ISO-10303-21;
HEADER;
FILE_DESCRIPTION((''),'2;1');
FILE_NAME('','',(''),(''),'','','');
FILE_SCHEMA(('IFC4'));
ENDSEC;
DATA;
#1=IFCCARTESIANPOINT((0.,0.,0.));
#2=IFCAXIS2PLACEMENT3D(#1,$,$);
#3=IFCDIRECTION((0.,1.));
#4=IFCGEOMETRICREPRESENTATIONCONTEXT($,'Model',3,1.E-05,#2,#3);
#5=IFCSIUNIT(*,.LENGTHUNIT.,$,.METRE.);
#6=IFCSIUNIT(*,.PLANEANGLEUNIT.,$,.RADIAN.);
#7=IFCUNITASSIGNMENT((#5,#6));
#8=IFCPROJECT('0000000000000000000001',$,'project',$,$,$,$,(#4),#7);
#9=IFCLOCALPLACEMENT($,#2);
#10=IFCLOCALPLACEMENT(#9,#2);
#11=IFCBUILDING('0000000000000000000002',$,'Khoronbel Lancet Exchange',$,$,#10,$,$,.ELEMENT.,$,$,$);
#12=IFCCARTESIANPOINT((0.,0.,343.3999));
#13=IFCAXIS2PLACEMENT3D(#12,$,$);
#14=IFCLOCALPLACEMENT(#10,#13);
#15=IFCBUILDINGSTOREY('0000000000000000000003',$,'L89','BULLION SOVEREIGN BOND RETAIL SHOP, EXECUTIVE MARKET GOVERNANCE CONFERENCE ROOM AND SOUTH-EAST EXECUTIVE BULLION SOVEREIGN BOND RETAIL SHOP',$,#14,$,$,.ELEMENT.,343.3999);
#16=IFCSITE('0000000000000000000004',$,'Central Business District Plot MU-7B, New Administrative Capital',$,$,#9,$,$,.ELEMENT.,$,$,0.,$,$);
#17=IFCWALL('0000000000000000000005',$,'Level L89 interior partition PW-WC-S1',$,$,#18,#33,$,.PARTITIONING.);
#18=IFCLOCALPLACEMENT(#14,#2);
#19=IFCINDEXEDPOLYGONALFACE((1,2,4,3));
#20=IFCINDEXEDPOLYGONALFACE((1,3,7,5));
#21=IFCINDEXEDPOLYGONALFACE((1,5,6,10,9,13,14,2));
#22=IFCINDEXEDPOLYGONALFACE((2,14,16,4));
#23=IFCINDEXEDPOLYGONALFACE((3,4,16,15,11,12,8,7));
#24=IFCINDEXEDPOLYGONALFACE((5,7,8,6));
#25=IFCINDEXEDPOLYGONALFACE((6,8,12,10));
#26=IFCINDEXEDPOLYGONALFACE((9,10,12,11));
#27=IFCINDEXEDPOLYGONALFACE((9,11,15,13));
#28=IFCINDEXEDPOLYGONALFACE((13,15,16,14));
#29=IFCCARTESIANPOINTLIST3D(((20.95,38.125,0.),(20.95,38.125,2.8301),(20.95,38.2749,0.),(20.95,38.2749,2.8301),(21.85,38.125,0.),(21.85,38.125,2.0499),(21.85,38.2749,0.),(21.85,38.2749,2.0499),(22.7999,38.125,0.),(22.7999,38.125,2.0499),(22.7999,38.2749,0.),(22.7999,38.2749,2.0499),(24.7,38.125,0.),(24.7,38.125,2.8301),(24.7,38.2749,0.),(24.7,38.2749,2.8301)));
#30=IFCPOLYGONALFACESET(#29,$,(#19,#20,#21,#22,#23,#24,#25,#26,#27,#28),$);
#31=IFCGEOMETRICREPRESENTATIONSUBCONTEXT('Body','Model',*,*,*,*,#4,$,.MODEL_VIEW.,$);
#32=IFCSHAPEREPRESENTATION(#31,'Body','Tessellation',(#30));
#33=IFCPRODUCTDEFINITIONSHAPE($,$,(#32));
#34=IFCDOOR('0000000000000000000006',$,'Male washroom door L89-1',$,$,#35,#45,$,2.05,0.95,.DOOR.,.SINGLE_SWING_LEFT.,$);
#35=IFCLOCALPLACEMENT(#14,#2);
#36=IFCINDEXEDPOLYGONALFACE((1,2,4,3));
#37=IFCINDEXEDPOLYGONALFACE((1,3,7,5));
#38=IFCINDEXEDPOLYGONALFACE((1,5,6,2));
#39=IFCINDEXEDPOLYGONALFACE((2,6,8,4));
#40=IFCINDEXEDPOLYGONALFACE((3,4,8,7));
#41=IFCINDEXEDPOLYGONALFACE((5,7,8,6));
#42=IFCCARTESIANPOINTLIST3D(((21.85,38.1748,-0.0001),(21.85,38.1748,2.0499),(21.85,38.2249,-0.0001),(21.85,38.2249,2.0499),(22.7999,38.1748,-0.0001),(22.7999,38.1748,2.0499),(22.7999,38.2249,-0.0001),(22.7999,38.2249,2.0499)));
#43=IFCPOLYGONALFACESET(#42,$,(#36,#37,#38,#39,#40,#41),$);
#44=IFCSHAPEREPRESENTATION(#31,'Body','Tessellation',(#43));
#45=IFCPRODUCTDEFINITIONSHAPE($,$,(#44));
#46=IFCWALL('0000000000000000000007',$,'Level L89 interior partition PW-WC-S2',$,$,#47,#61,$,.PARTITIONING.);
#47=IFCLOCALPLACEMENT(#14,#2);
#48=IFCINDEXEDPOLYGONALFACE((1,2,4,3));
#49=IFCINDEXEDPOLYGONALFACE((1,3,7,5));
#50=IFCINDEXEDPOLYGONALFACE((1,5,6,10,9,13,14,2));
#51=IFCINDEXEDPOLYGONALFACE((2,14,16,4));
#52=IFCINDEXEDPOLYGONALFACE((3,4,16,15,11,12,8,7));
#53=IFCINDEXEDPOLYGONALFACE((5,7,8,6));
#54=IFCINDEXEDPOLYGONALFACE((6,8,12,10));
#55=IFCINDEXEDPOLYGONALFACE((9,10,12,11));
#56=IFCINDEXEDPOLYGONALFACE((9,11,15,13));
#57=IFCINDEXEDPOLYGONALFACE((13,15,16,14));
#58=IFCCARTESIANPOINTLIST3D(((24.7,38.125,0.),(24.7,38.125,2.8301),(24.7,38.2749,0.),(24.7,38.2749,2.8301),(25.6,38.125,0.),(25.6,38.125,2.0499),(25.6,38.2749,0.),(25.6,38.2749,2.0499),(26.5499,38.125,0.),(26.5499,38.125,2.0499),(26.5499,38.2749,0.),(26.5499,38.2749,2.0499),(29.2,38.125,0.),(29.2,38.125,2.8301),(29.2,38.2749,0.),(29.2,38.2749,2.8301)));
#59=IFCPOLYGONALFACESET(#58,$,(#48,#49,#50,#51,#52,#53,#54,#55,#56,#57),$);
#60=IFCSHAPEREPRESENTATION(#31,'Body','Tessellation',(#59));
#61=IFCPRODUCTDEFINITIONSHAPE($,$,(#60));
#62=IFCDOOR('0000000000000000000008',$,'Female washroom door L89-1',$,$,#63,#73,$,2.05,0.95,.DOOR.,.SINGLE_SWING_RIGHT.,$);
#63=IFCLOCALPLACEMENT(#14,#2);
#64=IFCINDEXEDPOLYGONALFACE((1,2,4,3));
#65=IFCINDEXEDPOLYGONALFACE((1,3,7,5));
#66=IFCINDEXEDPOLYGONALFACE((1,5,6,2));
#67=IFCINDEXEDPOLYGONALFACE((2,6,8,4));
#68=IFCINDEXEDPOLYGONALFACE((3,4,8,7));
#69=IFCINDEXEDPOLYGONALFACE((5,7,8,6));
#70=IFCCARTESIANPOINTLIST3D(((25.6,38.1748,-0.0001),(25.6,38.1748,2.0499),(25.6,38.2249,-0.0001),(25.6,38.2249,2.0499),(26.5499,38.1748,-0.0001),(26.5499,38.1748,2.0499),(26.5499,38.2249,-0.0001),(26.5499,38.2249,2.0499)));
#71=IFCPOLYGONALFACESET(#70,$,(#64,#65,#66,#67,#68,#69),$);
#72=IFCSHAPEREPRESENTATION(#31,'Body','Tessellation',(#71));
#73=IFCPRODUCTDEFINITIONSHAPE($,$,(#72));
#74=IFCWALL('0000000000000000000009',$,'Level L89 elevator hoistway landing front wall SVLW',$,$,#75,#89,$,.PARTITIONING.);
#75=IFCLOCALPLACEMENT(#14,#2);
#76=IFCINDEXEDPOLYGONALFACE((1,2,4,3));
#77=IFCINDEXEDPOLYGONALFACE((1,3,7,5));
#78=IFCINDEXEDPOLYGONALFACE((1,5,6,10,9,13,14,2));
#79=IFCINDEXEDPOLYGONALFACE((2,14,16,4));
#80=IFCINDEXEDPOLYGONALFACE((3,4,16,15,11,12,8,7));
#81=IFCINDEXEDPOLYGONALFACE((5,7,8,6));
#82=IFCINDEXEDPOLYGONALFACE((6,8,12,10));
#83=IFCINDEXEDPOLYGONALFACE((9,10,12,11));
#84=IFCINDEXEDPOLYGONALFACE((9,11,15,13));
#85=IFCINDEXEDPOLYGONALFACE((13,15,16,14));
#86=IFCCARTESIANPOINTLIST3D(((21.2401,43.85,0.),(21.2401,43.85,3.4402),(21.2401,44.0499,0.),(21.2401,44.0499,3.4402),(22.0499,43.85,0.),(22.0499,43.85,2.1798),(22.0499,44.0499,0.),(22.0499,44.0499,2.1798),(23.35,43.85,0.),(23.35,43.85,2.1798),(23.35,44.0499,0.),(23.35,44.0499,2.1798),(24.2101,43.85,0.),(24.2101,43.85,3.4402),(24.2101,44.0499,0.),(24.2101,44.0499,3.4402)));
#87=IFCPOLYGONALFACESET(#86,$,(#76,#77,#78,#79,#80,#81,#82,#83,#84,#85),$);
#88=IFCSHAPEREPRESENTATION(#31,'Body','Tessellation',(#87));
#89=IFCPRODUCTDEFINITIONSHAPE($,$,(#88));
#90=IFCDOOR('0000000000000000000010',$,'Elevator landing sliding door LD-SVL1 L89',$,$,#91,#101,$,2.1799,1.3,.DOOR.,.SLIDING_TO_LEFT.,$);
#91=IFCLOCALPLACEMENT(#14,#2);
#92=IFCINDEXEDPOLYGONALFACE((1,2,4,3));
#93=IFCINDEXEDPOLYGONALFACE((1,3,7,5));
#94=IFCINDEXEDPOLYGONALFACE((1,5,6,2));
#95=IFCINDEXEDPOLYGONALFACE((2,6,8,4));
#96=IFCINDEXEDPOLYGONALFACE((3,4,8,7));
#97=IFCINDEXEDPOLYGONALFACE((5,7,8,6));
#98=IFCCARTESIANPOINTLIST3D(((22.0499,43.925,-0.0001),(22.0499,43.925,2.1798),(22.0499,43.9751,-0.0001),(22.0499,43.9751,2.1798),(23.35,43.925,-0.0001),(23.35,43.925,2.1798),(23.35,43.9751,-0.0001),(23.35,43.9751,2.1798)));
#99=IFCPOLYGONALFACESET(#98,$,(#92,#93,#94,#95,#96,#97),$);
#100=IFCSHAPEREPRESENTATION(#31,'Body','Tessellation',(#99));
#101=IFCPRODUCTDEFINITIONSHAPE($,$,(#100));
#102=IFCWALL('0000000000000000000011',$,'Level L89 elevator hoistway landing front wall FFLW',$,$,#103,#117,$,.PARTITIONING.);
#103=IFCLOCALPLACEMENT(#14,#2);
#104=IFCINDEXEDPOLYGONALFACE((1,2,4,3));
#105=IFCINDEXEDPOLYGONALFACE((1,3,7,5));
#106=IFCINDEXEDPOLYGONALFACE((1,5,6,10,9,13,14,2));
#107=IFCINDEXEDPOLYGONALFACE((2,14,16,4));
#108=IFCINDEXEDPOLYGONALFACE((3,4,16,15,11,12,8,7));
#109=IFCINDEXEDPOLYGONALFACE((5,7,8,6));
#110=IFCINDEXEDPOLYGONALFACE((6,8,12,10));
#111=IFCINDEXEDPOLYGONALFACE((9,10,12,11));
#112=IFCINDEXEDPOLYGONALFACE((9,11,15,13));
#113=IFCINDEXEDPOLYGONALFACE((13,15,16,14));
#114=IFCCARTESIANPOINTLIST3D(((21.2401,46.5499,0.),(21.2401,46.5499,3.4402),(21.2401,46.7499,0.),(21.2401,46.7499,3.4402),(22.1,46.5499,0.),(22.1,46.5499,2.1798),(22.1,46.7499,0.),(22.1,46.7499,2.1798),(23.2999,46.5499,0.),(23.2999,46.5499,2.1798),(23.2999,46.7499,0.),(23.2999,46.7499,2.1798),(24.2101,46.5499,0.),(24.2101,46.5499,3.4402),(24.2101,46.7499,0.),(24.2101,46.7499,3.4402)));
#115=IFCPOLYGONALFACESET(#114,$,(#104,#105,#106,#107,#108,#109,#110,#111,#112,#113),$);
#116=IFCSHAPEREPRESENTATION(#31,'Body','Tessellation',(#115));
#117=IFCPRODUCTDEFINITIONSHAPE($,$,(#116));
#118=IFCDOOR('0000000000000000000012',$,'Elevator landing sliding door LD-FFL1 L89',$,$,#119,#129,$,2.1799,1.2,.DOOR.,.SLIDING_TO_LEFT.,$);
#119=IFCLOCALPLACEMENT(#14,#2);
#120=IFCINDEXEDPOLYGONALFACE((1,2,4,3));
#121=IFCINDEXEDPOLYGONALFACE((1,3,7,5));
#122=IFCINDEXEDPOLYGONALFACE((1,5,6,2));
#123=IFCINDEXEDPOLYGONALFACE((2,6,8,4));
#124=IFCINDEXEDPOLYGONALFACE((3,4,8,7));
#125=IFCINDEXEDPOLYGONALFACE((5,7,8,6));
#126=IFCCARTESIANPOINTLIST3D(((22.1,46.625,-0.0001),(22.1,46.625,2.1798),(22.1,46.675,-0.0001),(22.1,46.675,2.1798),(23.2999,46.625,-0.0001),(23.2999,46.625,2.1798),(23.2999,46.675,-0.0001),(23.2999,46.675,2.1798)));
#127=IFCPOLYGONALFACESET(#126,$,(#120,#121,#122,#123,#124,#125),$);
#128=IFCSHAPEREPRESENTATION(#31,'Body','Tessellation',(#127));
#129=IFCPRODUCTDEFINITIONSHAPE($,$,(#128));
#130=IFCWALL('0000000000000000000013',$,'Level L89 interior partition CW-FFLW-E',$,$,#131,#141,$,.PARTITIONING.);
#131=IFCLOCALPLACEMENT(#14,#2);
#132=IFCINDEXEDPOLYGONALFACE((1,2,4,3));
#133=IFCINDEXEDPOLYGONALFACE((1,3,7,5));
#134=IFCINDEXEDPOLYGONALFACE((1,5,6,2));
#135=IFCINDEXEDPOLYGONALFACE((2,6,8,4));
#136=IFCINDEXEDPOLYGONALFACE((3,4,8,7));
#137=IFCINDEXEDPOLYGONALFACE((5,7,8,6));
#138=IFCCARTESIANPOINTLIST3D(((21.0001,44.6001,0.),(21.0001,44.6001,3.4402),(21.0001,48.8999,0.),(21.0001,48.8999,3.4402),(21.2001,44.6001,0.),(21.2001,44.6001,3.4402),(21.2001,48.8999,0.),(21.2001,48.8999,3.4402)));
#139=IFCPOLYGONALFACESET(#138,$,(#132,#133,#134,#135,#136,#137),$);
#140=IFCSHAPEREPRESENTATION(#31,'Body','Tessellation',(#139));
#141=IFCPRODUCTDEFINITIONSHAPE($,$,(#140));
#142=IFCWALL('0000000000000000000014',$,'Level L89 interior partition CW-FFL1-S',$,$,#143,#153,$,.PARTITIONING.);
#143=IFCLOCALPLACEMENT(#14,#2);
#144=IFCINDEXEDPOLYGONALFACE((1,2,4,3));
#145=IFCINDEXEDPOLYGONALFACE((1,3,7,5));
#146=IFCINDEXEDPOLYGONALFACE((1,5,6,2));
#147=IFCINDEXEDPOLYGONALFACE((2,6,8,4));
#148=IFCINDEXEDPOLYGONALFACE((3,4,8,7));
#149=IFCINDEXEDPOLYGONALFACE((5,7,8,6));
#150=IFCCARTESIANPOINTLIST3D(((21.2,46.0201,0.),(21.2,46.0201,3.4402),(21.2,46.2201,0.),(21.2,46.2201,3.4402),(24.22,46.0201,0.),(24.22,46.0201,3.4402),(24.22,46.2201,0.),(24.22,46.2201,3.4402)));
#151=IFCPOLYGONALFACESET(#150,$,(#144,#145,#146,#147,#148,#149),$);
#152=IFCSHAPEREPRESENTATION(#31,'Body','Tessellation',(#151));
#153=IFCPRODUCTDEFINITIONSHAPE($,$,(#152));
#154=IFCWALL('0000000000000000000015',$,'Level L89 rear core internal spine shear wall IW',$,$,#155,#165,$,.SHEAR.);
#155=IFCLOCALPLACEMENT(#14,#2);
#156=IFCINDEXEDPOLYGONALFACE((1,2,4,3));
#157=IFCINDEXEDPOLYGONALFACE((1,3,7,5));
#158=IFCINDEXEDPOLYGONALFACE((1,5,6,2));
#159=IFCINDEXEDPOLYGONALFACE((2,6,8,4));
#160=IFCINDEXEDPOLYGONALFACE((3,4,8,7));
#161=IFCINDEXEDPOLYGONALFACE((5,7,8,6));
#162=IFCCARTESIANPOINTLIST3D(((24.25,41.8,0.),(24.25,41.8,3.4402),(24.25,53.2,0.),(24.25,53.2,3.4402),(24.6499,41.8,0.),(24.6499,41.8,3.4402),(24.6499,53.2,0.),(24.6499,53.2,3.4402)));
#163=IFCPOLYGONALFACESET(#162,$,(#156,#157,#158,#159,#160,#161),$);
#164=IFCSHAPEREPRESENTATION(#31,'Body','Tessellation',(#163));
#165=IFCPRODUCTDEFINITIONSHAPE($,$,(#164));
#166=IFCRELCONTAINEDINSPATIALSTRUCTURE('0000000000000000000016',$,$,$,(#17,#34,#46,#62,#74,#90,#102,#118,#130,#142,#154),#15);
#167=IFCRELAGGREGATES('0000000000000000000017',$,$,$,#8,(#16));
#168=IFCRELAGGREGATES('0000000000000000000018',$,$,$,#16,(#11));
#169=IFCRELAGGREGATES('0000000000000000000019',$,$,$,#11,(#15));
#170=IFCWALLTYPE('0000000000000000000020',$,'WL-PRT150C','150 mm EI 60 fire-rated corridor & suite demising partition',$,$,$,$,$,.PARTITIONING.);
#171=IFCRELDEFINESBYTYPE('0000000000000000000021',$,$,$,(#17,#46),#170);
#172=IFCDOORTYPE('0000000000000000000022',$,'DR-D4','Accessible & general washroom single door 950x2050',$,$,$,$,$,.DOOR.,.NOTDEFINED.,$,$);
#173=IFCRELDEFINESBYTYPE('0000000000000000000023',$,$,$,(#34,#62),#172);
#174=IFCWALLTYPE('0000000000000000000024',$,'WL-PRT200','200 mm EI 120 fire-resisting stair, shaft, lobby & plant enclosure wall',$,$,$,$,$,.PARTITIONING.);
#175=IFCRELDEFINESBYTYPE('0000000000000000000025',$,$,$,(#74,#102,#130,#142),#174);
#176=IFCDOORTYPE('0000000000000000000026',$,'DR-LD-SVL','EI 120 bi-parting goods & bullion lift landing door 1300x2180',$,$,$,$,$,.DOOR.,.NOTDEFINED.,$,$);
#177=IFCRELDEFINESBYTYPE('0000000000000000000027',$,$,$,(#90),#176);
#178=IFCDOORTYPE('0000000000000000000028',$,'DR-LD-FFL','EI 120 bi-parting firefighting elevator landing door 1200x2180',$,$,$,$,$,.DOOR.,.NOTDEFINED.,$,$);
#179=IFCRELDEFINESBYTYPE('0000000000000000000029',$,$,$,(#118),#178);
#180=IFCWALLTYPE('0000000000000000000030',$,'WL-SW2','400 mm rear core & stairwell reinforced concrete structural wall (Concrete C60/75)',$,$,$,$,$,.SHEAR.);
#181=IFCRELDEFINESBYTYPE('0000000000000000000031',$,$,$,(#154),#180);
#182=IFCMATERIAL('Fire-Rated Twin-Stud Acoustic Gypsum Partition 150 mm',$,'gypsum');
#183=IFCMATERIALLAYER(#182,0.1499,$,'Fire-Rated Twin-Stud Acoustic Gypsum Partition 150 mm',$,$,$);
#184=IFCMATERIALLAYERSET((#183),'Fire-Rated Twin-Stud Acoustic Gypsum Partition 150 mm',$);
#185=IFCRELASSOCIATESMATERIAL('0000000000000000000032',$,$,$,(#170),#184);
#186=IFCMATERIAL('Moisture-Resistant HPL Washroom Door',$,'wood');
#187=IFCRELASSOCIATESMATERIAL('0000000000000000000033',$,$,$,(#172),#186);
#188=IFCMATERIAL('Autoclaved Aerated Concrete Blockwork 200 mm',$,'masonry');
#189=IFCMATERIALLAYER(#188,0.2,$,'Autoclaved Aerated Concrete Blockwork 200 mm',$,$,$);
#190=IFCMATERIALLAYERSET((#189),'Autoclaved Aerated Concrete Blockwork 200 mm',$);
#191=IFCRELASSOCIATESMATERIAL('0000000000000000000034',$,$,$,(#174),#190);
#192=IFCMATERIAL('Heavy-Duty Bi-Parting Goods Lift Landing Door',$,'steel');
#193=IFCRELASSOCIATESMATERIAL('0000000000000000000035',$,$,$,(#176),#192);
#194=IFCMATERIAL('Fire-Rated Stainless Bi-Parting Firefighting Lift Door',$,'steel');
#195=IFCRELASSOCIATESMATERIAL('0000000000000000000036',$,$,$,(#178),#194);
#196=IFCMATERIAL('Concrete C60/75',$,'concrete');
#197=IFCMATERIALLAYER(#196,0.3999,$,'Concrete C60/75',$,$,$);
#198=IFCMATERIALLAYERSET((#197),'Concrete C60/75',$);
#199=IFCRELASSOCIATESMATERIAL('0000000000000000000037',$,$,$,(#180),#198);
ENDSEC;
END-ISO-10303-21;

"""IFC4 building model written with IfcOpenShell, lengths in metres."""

from ifc_helpers import new_model, si_unit, direction, frame, frame_2d, origin, place, context, subcontext, project, spatial, rectangle, extrude, material, layer, layer_set, type_object, element, fill, save


model = new_model("IFC4")

# Units and contexts
model_context = context("Model", 3, precision=1e-05, world=origin(), true_north=direction((0.0, 1.0)))
body_context = subcontext(model_context, "Body", "Model", "MODEL_VIEW")
ifc_project = project(units=[si_unit("LENGTHUNIT", "METRE"), si_unit("PLANEANGLEUNIT", "RADIAN")], contexts=[model_context])

# Site, building, storey
site_placement = place(None, origin())
site = spatial("IfcSite", under=ifc_project, at=site_placement, Name="Central Business District Plot MU-7B, New Administrative Capital", CompositionType="ELEMENT", RefElevation=0.0)
building_placement = place(site_placement, origin())
building = spatial("IfcBuilding", under=site, at=building_placement, Name="Khoronbel Lancet Exchange", CompositionType="ELEMENT")
storey_placement = place(building_placement, frame((0.0, 0.0, 343.3999)))
storey = spatial("IfcBuildingStorey", under=building, at=storey_placement, Name="L89", Description="BULLION SOVEREIGN BOND RETAIL SHOP, EXECUTIVE MARKET GOVERNANCE CONFERENCE ROOM AND SOUTH-EAST EXECUTIVE BULLION SOVEREIGN BOND RETAIL SHOP", CompositionType="ELEMENT", Elevation=343.3999)

# Shared definitions
ifc_material_1 = material(Name="Concrete C60/75", Category="concrete")

# Walls, openings, doors
ifc_material_2 = material(Name="Fire-Rated Twin-Stud Acoustic Gypsum Partition 150 mm", Category="gypsum")
ifc_layer_1 = layer(ifc_material_2, 0.1499, Name="Fire-Rated Twin-Stud Acoustic Gypsum Partition 150 mm")
ifc_layer_set_1 = layer_set([ifc_layer_1], Name="Fire-Rated Twin-Stud Acoustic Gypsum Partition 150 mm")
wall_type_1 = type_object("IfcWallType", Name="WL-PRT150C", Description="150 mm EI 60 fire-rated corridor & suite demising partition", PredefinedType="PARTITIONING", material=ifc_layer_set_1)
wall_1_placement = place(storey_placement, frame((20.95, 38.2, 0.0), z_axis=(0.0, 0.0, 1.0), x_axis=(1.0, 0.0, 0.0)))
wall_1 = element("IfcWall", 1, at=wall_1_placement, inside=storey, type_object=wall_type_1, Name="Level L89 interior partition PW-WC-S1", PredefinedType="PARTITIONING", context=body_context, shape_type="SweptSolid", body=[
    extrude(rectangle(XDim=3.75, YDim=0.1499, at=frame_2d((1.875, 0.0))), origin(), (0.0, 0.0, 1.0), 2.8301),
])
opening_1_placement = place(wall_1_placement, frame((0.8999, 0.0, 0.0)))
opening_1 = element("IfcOpeningElement", 2, at=opening_1_placement, cuts=wall_1, PredefinedType="OPENING", context=body_context, shape_type="SweptSolid", body=[
    extrude(rectangle(XDim=0.95, YDim=2.05, at=frame_2d((0.4751, 1.0249))), frame((0.0, 0.085, 0.0), z_axis=(0.0, -1.0, 0.0), x_axis=(1.0, 0.0, 0.0)), (0.0, 0.0, 1.0), 0.1699),
])
ifc_material_3 = material(Name="Moisture-Resistant HPL Washroom Door", Category="wood")
door_type_1 = type_object("IfcDoorType", Name="DR-D4", Description="Accessible & general washroom single door 950x2050", OperationType="NOTDEFINED", PredefinedType="DOOR", material=ifc_material_3)
door_1_placement = place(opening_1_placement, origin())
door_1 = element("IfcDoor", 3, at=door_1_placement, inside=storey, type_object=door_type_1, Name="Male washroom door L89-1", OperationType="SINGLE_SWING_LEFT", OverallHeight=2.05, OverallWidth=0.95, PredefinedType="DOOR", context=body_context, shape_type="SweptSolid", body=[
    extrude(rectangle(XDim=0.95, YDim=2.05, at=frame_2d((0.4751, 1.0249))), frame((0.0, 0.0249, 0.0), z_axis=(0.0, -1.0, 0.0), x_axis=(1.0, 0.0, 0.0)), (0.0, 0.0, 1.0), 0.05),
])
fill(opening_1, door_1)
wall_2_placement = place(storey_placement, frame((24.7, 38.2, 0.0), z_axis=(0.0, 0.0, 1.0), x_axis=(1.0, 0.0, 0.0)))
wall_2 = element("IfcWall", 4, at=wall_2_placement, inside=storey, type_object=wall_type_1, Name="Level L89 interior partition PW-WC-S2", PredefinedType="PARTITIONING", context=body_context, shape_type="SweptSolid", body=[
    extrude(rectangle(XDim=4.5, YDim=0.1499, at=frame_2d((2.25, 0.0))), origin(), (0.0, 0.0, 1.0), 2.8301),
])
opening_2_placement = place(wall_2_placement, frame((0.8999, 0.0, 0.0)))
opening_2 = element("IfcOpeningElement", 5, at=opening_2_placement, cuts=wall_2, PredefinedType="OPENING", context=body_context, shape_type="SweptSolid", body=[
    extrude(rectangle(XDim=0.95, YDim=2.05, at=frame_2d((0.4751, 1.0249))), frame((0.0, 0.085, 0.0), z_axis=(0.0, -1.0, 0.0), x_axis=(1.0, 0.0, 0.0)), (0.0, 0.0, 1.0), 0.1699),
])
door_2_placement = place(opening_2_placement, origin())
door_2 = element("IfcDoor", 6, at=door_2_placement, inside=storey, type_object=door_type_1, Name="Female washroom door L89-1", OperationType="SINGLE_SWING_RIGHT", OverallHeight=2.05, OverallWidth=0.95, PredefinedType="DOOR", context=body_context, shape_type="SweptSolid", body=[
    extrude(rectangle(XDim=0.95, YDim=2.05, at=frame_2d((0.4751, 1.0249))), frame((0.0, 0.0249, 0.0), z_axis=(0.0, -1.0, 0.0), x_axis=(1.0, 0.0, 0.0)), (0.0, 0.0, 1.0), 0.05),
])
fill(opening_2, door_2)
ifc_material_4 = material(Name="Autoclaved Aerated Concrete Blockwork 200 mm", Category="masonry")
ifc_layer_2 = layer(ifc_material_4, 0.2, Name="Autoclaved Aerated Concrete Blockwork 200 mm")
ifc_layer_set_2 = layer_set([ifc_layer_2], Name="Autoclaved Aerated Concrete Blockwork 200 mm")
wall_type_2 = type_object("IfcWallType", Name="WL-PRT200", Description="200 mm EI 120 fire-resisting stair, shaft, lobby & plant enclosure wall", PredefinedType="PARTITIONING", material=ifc_layer_set_2)
wall_3_placement = place(storey_placement, frame((24.21, 43.95, 0.0), z_axis=(0.0, 0.0, 1.0), x_axis=(-1.0, 0.0, 0.0)))
wall_3 = element("IfcWall", 7, at=wall_3_placement, inside=storey, type_object=wall_type_2, Name="Level L89 elevator hoistway landing front wall SVLW", PredefinedType="PARTITIONING", context=body_context, shape_type="SweptSolid", body=[
    extrude(rectangle(XDim=2.97, YDim=0.2, at=frame_2d((1.4849, 0.0))), origin(), (0.0, 0.0, 1.0), 3.4402),
])
opening_3_placement = place(wall_3_placement, frame((0.8601, 0.0, 0.0)))
opening_3 = element("IfcOpeningElement", 8, at=opening_3_placement, cuts=wall_3, PredefinedType="OPENING", context=body_context, shape_type="SweptSolid", body=[
    extrude(rectangle(XDim=1.3, YDim=2.1799, at=frame_2d((0.6499, 1.0898))), frame((0.0, 0.1099, 0.0), z_axis=(0.0, -1.0, 0.0), x_axis=(1.0, 0.0, 0.0)), (0.0, 0.0, 1.0), 0.22),
])
ifc_material_5 = material(Name="Heavy-Duty Bi-Parting Goods Lift Landing Door", Category="steel")
door_type_2 = type_object("IfcDoorType", Name="DR-LD-SVL", Description="EI 120 bi-parting goods & bullion lift landing door 1300x2180", OperationType="NOTDEFINED", PredefinedType="DOOR", material=ifc_material_5)
door_3_placement = place(opening_3_placement, origin())
door_3 = element("IfcDoor", 9, at=door_3_placement, inside=storey, type_object=door_type_2, Name="Elevator landing sliding door LD-SVL1 L89", OperationType="SLIDING_TO_LEFT", OverallHeight=2.1799, OverallWidth=1.3, PredefinedType="DOOR", context=body_context, shape_type="SweptSolid", body=[
    extrude(rectangle(XDim=1.3, YDim=2.1799, at=frame_2d((0.6499, 1.0898))), frame((0.0, 0.0249, 0.0), z_axis=(0.0, -1.0, 0.0), x_axis=(1.0, 0.0, 0.0)), (0.0, 0.0, 1.0), 0.05),
])
fill(opening_3, door_3)
wall_4_placement = place(storey_placement, frame((24.21, 46.6499, 0.0), z_axis=(0.0, 0.0, 1.0), x_axis=(-1.0, 0.0, 0.0)))
wall_4 = element("IfcWall", 10, at=wall_4_placement, inside=storey, type_object=wall_type_2, Name="Level L89 elevator hoistway landing front wall FFLW", PredefinedType="PARTITIONING", context=body_context, shape_type="SweptSolid", body=[
    extrude(rectangle(XDim=2.97, YDim=0.2, at=frame_2d((1.4849, 0.0))), origin(), (0.0, 0.0, 1.0), 3.4402),
])
opening_4_placement = place(wall_4_placement, frame((0.9099, 0.0, 0.0)))
opening_4 = element("IfcOpeningElement", 11, at=opening_4_placement, cuts=wall_4, PredefinedType="OPENING", context=body_context, shape_type="SweptSolid", body=[
    extrude(rectangle(XDim=1.2, YDim=2.1799, at=frame_2d((0.6001, 1.0898))), frame((0.0, 0.1099, 0.0), z_axis=(0.0, -1.0, 0.0), x_axis=(1.0, 0.0, 0.0)), (0.0, 0.0, 1.0), 0.22),
])
ifc_material_6 = material(Name="Fire-Rated Stainless Bi-Parting Firefighting Lift Door", Category="steel")
door_type_3 = type_object("IfcDoorType", Name="DR-LD-FFL", Description="EI 120 bi-parting firefighting elevator landing door 1200x2180", OperationType="NOTDEFINED", PredefinedType="DOOR", material=ifc_material_6)
door_4_placement = place(opening_4_placement, origin())
door_4 = element("IfcDoor", 12, at=door_4_placement, inside=storey, type_object=door_type_3, Name="Elevator landing sliding door LD-FFL1 L89", OperationType="SLIDING_TO_LEFT", OverallHeight=2.1799, OverallWidth=1.2, PredefinedType="DOOR", context=body_context, shape_type="SweptSolid", body=[
    extrude(rectangle(XDim=1.2, YDim=2.1799, at=frame_2d((0.6001, 1.0898))), frame((0.0, 0.0249, 0.0), z_axis=(0.0, -1.0, 0.0), x_axis=(1.0, 0.0, 0.0)), (0.0, 0.0, 1.0), 0.05),
])
fill(opening_4, door_4)

# Walls
wall_5_placement = place(storey_placement, frame((21.1001, 44.6001, 0.0), z_axis=(0.0, 0.0, 1.0), x_axis=(0.0, 1.0, 0.0)))
element("IfcWall", 13, at=wall_5_placement, inside=storey, type_object=wall_type_2, Name="Level L89 interior partition CW-FFLW-E", PredefinedType="PARTITIONING", context=body_context, shape_type="SweptSolid", body=[
    extrude(rectangle(XDim=4.2998, YDim=0.2, at=frame_2d((2.1499, 0.0))), origin(), (0.0, 0.0, 1.0), 3.4402),
])
wall_6_placement = place(storey_placement, frame((21.2, 46.1201, 0.0), z_axis=(0.0, 0.0, 1.0), x_axis=(1.0, 0.0, 0.0)))
element("IfcWall", 14, at=wall_6_placement, inside=storey, type_object=wall_type_2, Name="Level L89 interior partition CW-FFL1-S", PredefinedType="PARTITIONING", context=body_context, shape_type="SweptSolid", body=[
    extrude(rectangle(XDim=3.02, YDim=0.2, at=frame_2d((1.51, 0.0))), origin(), (0.0, 0.0, 1.0), 3.4402),
])

# Wall
ifc_layer_3 = layer(ifc_material_1, 0.3999, Name="Concrete C60/75")
ifc_layer_set_3 = layer_set([ifc_layer_3], Name="Concrete C60/75")
wall_type_3 = type_object("IfcWallType", Name="WL-SW2", Description="400 mm rear core & stairwell reinforced concrete structural wall (Concrete C60/75)", PredefinedType="SHEAR", material=ifc_layer_set_3)
wall_7_placement = place(storey_placement, frame((24.45, 41.8, 0.0), z_axis=(0.0, 0.0, 1.0), x_axis=(0.0, 1.0, 0.0)))
element("IfcWall", 15, at=wall_7_placement, inside=storey, type_object=wall_type_3, Name="Level L89 rear core internal spine shear wall IW", PredefinedType="SHEAR", context=body_context, shape_type="SweptSolid", body=[
    extrude(rectangle(XDim=11.3999, YDim=0.3999, at=frame_2d((5.7, 0.0))), origin(), (0.0, 0.0, 1.0), 3.4402),
])

save(model, "model.ifc")
